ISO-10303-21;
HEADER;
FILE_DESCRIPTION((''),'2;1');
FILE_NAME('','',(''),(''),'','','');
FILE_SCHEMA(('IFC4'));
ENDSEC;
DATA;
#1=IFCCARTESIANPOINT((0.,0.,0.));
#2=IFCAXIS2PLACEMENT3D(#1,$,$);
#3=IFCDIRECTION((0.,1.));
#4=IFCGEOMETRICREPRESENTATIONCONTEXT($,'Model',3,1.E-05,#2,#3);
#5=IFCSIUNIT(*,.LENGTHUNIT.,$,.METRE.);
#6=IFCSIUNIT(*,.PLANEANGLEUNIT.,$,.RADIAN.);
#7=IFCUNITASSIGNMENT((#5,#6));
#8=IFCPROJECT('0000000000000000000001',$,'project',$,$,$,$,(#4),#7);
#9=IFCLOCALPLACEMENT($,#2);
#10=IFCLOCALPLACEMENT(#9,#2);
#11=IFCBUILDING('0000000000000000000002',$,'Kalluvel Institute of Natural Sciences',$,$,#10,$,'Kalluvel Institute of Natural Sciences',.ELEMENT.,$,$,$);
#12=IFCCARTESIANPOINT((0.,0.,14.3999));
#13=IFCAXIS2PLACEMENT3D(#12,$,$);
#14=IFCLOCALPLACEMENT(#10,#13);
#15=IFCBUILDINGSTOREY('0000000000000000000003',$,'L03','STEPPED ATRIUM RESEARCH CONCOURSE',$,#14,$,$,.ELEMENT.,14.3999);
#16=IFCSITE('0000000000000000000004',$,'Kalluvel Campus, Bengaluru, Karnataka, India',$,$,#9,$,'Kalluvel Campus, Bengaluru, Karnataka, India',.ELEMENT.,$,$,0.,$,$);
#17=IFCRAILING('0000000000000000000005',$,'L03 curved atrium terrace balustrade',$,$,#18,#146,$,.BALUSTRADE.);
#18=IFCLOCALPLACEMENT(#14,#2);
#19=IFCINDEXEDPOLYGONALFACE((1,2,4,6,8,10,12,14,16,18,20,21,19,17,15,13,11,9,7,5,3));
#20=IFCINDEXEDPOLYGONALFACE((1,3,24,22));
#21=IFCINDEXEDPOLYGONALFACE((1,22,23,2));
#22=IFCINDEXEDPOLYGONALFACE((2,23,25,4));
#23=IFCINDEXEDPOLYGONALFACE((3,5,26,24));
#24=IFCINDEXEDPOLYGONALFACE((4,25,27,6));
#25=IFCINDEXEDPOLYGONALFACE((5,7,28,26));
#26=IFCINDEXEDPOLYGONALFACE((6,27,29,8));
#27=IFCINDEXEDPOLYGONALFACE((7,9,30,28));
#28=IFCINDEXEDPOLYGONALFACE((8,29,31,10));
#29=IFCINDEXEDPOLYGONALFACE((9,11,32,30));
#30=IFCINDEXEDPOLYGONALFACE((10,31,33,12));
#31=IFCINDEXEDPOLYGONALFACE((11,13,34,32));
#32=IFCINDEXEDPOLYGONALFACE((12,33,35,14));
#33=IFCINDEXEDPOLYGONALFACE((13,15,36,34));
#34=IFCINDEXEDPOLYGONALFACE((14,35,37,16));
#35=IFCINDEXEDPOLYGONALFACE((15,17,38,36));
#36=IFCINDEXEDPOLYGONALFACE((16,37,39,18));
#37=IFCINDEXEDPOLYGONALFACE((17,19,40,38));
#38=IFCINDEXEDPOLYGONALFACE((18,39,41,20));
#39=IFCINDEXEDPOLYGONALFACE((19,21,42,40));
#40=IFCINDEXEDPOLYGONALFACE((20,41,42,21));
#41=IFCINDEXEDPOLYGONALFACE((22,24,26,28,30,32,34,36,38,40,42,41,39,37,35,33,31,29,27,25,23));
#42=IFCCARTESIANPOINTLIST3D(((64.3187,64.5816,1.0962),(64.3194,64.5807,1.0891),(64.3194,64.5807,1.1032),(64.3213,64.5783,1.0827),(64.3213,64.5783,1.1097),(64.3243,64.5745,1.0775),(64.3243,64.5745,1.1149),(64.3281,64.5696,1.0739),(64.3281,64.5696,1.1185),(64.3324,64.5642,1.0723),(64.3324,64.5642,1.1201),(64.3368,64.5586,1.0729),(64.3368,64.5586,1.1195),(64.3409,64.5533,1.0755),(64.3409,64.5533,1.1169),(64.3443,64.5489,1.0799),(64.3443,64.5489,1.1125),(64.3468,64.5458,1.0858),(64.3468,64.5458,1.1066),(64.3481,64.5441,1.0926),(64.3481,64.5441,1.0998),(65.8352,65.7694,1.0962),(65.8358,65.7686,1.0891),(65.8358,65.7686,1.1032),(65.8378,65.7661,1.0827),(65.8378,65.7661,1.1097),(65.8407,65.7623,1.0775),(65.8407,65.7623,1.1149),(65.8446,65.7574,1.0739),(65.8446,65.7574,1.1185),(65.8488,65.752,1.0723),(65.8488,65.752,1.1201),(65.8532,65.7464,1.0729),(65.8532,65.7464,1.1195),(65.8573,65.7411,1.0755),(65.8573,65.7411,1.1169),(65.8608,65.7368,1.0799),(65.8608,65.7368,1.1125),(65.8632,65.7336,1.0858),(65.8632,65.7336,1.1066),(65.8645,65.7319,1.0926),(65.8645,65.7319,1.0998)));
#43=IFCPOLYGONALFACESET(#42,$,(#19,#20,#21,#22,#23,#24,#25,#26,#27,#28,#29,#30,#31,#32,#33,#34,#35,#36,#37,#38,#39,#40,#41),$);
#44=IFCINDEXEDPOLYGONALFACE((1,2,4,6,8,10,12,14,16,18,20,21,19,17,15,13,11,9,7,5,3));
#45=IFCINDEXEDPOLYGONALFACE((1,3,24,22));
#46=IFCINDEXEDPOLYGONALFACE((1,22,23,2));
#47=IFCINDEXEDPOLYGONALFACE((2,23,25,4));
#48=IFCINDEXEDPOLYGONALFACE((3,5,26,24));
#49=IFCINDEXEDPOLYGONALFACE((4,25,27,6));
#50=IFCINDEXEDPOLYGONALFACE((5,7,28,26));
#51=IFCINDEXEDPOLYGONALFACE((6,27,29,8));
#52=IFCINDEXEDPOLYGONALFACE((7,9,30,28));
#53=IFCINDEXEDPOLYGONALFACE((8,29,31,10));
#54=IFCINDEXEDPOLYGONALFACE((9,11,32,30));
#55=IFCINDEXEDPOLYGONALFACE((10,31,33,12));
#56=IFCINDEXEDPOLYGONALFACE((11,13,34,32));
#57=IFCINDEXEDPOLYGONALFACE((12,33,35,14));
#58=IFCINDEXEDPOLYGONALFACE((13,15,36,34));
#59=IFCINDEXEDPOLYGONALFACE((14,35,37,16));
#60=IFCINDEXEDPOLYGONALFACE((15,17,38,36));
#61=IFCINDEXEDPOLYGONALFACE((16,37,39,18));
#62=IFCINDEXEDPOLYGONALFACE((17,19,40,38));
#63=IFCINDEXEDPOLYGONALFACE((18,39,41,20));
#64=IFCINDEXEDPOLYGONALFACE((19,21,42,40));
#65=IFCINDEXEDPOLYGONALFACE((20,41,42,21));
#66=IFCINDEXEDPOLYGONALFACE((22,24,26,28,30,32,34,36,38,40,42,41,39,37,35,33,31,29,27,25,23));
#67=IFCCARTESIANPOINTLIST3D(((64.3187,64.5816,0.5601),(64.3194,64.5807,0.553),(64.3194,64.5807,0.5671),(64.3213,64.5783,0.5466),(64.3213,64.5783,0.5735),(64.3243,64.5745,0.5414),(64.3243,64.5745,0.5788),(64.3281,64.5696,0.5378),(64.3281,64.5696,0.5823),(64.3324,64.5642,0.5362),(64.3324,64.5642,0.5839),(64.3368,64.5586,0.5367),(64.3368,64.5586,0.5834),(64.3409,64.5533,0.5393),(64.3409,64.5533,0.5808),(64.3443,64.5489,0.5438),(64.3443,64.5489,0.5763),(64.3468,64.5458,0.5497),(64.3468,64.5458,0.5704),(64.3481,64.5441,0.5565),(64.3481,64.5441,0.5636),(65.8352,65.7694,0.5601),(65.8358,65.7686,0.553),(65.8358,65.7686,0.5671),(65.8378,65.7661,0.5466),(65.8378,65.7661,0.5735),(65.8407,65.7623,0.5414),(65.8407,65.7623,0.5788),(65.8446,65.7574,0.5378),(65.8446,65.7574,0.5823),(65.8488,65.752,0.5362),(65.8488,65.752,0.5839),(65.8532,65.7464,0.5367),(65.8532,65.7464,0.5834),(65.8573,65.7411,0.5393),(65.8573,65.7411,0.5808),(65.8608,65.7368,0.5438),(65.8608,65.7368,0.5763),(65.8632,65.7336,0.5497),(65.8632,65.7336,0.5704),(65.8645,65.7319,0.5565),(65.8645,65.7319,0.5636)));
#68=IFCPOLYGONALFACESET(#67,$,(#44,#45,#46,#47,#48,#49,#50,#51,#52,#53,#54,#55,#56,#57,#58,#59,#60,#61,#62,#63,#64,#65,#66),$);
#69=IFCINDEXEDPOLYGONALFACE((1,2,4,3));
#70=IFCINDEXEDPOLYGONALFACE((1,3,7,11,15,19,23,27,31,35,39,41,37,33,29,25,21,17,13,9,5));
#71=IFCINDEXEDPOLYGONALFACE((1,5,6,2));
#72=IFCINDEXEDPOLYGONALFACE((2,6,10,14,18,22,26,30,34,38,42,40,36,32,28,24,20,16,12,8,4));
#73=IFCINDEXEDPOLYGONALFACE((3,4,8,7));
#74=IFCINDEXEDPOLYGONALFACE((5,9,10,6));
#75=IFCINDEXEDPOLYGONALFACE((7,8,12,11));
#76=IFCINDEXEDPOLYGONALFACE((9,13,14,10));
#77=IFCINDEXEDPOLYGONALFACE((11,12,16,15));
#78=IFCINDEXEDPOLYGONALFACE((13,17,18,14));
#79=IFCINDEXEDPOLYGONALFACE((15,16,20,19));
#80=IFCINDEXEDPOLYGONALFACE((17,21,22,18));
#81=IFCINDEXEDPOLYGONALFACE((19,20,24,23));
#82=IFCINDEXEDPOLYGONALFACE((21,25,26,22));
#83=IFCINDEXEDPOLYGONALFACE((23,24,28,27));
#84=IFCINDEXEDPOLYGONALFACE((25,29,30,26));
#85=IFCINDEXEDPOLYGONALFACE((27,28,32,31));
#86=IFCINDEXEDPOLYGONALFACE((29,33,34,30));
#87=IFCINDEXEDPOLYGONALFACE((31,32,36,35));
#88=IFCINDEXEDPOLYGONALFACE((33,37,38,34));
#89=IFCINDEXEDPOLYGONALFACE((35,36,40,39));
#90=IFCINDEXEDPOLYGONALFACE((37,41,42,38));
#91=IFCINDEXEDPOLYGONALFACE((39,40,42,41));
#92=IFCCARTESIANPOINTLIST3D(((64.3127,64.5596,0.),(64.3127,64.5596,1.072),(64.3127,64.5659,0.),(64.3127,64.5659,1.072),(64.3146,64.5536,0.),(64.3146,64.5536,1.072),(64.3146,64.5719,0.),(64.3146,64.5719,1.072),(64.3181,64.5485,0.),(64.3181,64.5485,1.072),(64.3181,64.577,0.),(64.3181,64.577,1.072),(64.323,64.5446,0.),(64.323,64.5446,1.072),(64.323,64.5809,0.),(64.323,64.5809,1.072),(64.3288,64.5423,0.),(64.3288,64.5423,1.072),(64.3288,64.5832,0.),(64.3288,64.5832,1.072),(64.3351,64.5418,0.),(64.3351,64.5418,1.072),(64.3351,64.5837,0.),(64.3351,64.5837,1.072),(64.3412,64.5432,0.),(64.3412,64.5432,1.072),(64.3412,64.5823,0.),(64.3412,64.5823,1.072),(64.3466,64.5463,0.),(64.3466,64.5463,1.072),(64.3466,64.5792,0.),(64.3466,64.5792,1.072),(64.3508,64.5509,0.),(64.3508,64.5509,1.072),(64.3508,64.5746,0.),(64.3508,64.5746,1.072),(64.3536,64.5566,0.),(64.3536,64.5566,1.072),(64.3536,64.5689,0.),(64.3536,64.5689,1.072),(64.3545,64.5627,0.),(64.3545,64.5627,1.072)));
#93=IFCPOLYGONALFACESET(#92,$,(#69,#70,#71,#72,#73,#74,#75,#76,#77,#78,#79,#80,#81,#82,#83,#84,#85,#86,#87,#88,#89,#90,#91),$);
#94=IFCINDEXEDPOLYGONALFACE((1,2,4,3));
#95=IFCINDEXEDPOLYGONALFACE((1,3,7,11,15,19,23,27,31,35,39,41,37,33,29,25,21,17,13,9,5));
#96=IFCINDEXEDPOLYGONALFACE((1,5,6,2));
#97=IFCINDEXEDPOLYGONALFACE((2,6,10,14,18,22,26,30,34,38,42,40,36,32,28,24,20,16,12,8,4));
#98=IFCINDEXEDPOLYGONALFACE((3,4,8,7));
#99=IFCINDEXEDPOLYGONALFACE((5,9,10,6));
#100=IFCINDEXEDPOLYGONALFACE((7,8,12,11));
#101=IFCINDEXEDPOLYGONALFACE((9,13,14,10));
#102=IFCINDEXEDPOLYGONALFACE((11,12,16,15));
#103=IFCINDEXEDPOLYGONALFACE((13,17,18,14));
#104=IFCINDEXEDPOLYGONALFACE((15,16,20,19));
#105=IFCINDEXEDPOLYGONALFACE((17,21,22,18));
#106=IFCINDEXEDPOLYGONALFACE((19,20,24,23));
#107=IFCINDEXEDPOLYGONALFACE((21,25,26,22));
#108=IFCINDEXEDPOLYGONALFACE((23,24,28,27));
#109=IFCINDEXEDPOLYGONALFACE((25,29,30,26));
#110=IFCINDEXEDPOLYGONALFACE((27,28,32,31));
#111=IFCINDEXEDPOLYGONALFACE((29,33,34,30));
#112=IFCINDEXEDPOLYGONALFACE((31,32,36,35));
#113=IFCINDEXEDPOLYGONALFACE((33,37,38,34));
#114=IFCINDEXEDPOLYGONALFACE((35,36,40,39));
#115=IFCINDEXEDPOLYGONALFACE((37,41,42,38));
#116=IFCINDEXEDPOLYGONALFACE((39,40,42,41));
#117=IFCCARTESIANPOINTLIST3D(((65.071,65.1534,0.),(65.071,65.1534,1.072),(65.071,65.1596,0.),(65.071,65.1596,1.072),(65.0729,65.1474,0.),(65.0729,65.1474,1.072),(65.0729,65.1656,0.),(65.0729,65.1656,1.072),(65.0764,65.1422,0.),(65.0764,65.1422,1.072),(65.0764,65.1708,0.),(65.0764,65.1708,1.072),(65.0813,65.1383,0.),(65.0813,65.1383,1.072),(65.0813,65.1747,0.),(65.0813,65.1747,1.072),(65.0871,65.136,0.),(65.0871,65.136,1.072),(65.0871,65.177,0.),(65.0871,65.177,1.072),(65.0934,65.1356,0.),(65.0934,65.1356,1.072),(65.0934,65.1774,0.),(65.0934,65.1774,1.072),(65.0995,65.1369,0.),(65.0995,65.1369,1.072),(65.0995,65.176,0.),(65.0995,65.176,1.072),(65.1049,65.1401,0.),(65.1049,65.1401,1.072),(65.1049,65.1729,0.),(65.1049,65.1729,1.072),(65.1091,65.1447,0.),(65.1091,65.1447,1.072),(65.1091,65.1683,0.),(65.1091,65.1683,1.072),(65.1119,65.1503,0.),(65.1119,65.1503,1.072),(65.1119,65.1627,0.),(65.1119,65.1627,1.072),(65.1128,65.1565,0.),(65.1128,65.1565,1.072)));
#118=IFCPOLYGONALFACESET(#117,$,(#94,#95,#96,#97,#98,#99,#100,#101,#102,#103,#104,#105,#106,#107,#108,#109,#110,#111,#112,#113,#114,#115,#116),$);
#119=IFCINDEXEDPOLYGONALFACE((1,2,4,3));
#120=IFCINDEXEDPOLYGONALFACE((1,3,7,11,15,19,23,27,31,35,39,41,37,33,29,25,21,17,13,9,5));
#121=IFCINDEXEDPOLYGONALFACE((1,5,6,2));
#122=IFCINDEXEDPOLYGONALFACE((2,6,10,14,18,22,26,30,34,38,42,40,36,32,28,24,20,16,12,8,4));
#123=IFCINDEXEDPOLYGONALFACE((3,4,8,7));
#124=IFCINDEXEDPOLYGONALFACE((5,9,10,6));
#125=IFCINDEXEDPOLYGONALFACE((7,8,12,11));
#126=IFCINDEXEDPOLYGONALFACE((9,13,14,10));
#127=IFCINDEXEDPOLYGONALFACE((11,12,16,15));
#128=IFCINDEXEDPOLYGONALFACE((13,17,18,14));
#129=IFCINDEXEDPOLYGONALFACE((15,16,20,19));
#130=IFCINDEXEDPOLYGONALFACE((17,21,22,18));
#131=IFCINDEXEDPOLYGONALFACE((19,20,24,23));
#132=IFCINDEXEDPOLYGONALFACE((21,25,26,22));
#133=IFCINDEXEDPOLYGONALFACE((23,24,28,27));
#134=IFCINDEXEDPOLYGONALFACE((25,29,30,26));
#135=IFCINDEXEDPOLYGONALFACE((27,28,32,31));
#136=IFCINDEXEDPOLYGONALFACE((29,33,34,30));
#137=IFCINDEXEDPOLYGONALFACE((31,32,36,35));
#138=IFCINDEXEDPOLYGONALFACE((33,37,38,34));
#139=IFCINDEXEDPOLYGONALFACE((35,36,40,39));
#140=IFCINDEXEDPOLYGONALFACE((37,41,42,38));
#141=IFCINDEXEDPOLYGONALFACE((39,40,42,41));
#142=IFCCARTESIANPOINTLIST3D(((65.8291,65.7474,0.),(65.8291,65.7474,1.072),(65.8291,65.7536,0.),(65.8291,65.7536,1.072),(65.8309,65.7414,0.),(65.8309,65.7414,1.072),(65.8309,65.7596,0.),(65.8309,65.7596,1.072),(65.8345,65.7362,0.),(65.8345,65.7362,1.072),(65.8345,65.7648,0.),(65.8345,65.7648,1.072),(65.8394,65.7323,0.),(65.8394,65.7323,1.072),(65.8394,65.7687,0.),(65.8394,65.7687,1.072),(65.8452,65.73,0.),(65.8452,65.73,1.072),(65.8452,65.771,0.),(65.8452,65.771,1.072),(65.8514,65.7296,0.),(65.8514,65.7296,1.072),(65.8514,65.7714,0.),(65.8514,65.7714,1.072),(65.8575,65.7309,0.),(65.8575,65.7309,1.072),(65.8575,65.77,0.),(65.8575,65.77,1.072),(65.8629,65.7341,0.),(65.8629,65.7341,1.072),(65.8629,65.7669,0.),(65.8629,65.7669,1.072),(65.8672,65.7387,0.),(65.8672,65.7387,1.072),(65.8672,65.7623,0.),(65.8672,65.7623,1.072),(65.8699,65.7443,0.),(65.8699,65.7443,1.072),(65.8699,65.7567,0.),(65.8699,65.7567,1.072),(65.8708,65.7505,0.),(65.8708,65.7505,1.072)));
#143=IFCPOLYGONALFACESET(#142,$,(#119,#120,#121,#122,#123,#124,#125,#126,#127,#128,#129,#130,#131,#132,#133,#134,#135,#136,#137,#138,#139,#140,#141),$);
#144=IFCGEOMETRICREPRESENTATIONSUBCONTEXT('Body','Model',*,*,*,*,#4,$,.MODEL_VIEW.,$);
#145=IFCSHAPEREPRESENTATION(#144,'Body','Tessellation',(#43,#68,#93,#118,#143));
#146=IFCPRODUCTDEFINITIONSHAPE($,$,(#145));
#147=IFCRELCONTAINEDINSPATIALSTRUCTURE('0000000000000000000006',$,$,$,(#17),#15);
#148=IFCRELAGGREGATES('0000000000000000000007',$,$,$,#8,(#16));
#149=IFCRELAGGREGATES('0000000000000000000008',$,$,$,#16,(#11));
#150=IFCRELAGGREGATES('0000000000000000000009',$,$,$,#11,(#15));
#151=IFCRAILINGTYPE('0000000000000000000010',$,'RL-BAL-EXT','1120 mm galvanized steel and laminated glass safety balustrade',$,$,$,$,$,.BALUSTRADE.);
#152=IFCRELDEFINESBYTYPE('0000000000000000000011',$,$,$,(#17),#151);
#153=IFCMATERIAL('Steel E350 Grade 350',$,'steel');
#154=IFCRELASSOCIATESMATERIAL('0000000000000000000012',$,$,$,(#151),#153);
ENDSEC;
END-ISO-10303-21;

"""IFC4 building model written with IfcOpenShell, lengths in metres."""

from ifc_helpers import new_model, si_unit, direction, frame, origin, origin_2d, place, context, subcontext, project, spatial, circle, extrude, material, type_object, element, save


model = new_model("IFC4")

# Units and contexts
model_context = context("Model", 3, precision=1e-05, world=origin(), true_north=direction((0.0, 1.0)))
body_context = subcontext(model_context, "Body", "Model", "MODEL_VIEW")
ifc_project = project(units=[si_unit("LENGTHUNIT", "METRE"), si_unit("PLANEANGLEUNIT", "RADIAN")], contexts=[model_context])

# Site, building, storey
site_placement = place(None, origin())
site = spatial("IfcSite", under=ifc_project, at=site_placement, Name="Kalluvel Campus, Bengaluru, Karnataka, India", LongName="Kalluvel Campus, Bengaluru, Karnataka, India", CompositionType="ELEMENT", RefElevation=0.0)
building_placement = place(site_placement, origin())
building = spatial("IfcBuilding", under=site, at=building_placement, Name="Kalluvel Institute of Natural Sciences", LongName="Kalluvel Institute of Natural Sciences", CompositionType="ELEMENT")
storey_placement = place(building_placement, frame((0.0, 0.0, 14.3999)))
storey = spatial("IfcBuildingStorey", under=building, at=storey_placement, Name="L03", Description="STEPPED ATRIUM RESEARCH CONCOURSE", CompositionType="ELEMENT", Elevation=14.3999)

# Railing
ifc_material_1 = material(Name="Steel E350 Grade 350", Category="steel")
railing_type = type_object("IfcRailingType", Name="RL-BAL-EXT", Description="1120 mm galvanized steel and laminated glass safety balustrade", PredefinedType="BALUSTRADE", material=ifc_material_1)
railing_1_placement = place(storey_placement, frame((64.3335, 64.5627, 0.0)))
element("IfcRailing", 1, at=railing_1_placement, inside=storey, type_object=railing_type, Name="L03 curved atrium terrace balustrade", PredefinedType="BALUSTRADE", context=body_context, shape_type="SweptSolid", body=[
    extrude(circle(Radius=0.0239, at=origin_2d()), frame((0.0, 0.0, 1.0962), z_axis=(0.787245, 0.61664, 0.0), x_axis=(-0.61664, 0.787245, 0.0)), (0.0, 0.0, 1.0), 1.9263),
    extrude(circle(Radius=0.0239, at=origin_2d()), frame((0.0, 0.0, 0.5601), z_axis=(0.787245, 0.61664, 0.0), x_axis=(-0.61664, 0.787245, 0.0)), (0.0, 0.0, 1.0), 1.9263),
    extrude(circle(Radius=0.021, at=origin_2d()), origin(), (0.0, 0.0, 1.0), 1.072),
    extrude(circle(Radius=0.021, at=origin_2d()), frame((0.7583, 0.5938, 0.0)), (0.0, 0.0, 1.0), 1.072),
    extrude(circle(Radius=0.021, at=origin_2d()), frame((1.5164, 1.1877, 0.0)), (0.0, 0.0, 1.0), 1.072),
])

save(model, "model.ifc")
